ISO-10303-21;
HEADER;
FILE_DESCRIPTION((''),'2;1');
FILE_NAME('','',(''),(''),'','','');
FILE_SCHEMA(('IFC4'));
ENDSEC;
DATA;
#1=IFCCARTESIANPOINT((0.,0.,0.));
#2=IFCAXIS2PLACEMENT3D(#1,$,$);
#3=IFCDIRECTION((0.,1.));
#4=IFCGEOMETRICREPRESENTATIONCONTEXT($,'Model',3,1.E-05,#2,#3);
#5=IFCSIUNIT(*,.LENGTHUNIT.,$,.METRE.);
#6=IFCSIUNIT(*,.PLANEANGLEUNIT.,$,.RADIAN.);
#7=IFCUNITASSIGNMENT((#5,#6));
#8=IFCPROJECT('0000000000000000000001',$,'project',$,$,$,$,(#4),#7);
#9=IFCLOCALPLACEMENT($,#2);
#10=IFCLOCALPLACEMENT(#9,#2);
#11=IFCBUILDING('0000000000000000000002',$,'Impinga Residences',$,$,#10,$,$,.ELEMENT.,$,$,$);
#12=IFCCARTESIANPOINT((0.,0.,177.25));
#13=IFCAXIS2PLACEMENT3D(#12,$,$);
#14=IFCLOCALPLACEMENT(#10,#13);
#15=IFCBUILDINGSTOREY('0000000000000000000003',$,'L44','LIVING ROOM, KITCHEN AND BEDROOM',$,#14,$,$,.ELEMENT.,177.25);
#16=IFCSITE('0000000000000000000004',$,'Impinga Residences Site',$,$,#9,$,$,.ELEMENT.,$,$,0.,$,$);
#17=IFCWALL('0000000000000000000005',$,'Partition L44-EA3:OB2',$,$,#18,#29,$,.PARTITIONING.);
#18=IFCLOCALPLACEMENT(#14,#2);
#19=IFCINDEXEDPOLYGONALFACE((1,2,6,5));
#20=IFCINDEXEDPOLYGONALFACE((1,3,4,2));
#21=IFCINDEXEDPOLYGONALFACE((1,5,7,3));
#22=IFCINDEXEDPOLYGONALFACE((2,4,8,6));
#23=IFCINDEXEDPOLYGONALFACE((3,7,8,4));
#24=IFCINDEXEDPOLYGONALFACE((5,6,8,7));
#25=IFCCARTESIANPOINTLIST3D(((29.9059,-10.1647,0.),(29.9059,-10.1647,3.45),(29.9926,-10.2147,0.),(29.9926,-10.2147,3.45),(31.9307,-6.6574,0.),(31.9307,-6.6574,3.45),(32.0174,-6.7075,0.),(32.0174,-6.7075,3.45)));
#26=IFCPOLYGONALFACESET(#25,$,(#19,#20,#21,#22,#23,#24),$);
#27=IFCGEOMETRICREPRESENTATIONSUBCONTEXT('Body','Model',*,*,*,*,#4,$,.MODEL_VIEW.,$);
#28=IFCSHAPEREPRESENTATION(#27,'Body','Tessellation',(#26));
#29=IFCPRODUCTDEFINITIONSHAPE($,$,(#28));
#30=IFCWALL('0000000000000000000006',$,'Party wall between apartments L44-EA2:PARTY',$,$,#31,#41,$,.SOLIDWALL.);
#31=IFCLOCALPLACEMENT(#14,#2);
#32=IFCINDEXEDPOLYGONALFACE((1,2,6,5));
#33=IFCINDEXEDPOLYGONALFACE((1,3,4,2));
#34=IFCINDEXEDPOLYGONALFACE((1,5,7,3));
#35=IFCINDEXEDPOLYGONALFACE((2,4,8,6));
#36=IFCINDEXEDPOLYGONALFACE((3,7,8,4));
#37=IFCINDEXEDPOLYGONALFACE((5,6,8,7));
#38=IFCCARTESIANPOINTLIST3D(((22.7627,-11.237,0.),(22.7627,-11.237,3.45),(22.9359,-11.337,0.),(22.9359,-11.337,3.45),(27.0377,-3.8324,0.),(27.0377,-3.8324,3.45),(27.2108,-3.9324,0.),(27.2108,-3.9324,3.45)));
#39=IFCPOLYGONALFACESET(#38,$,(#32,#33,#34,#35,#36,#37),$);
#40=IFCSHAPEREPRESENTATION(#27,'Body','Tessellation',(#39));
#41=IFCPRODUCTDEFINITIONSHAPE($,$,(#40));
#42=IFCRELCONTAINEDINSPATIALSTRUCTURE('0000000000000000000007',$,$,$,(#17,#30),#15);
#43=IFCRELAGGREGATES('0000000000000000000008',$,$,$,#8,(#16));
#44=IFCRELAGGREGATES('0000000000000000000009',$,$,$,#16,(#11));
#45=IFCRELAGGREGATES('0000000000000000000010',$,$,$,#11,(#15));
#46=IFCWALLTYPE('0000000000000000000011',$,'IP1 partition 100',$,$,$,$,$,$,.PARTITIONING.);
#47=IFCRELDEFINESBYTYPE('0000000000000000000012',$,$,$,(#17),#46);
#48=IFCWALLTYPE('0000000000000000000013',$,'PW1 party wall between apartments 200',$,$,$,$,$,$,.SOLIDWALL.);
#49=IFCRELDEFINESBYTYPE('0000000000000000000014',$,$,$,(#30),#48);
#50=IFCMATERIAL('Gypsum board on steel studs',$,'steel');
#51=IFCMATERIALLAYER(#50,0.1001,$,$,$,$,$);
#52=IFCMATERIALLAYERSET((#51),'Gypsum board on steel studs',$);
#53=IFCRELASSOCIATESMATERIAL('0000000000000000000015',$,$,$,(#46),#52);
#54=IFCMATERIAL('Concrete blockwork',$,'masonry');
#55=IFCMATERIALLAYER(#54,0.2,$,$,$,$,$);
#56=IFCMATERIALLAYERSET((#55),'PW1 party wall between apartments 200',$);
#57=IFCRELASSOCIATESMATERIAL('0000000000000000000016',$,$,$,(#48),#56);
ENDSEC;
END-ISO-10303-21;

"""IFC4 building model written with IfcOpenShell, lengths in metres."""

from ifc_helpers import new_model, si_unit, direction, frame, frame_2d, origin, place, context, subcontext, project, spatial, rectangle, extrude, material, layer, layer_set, type_object, element, save


model = new_model("IFC4")

# Units and contexts
model_context = context("Model", 3, precision=1e-05, world=origin(), true_north=direction((0.0, 1.0)))
body_context = subcontext(model_context, "Body", "Model", "MODEL_VIEW")
ifc_project = project(units=[si_unit("LENGTHUNIT", "METRE"), si_unit("PLANEANGLEUNIT", "RADIAN")], contexts=[model_context])

# Site, building, storey
site_placement = place(None, origin())
site = spatial("IfcSite", under=ifc_project, at=site_placement, Name="Impinga Residences Site", CompositionType="ELEMENT", RefElevation=0.0)
building_placement = place(site_placement, origin())
building = spatial("IfcBuilding", under=site, at=building_placement, Name="Impinga Residences", CompositionType="ELEMENT")
storey_placement = place(building_placement, frame((0.0, 0.0, 177.25)))
storey = spatial("IfcBuildingStorey", under=building, at=storey_placement, Name="L44", Description="LIVING ROOM, KITCHEN AND BEDROOM", CompositionType="ELEMENT", Elevation=177.25)

# Shared definitions
ifc_material_1 = material(Name="Concrete blockwork", Category="masonry")

# Shared definitions
ifc_material_2 = material(Name="Gypsum board on steel studs", Category="steel")
ifc_layer_1 = layer(ifc_material_2, 0.1001)
ifc_layer_set_1 = layer_set([ifc_layer_1], Name="Gypsum board on steel studs")
wall_type_1 = type_object("IfcWallType", Name="IP1 partition 100", PredefinedType="PARTITIONING", material=ifc_layer_set_1)

# Walls
wall_1_placement = place(storey_placement, frame((29.9492, -10.1897, 0.0), z_axis=(0.0, 0.0, 1.0), x_axis=(0.49999, 0.866031, 0.0)))
element("IfcWall", 1, at=wall_1_placement, inside=storey, type_object=wall_type_1, Name="Partition L44-EA3:OB2", PredefinedType="PARTITIONING", context=body_context, shape_type="SweptSolid", body=[
    extrude(rectangle(XDim=4.0498, YDim=0.1001, at=frame_2d((2.0249, 0.0))), origin(), (0.0, 0.0, 1.0), 3.45),
])
ifc_layer_2 = layer(ifc_material_1, 0.2)
ifc_layer_set_2 = layer_set([ifc_layer_2], Name="PW1 party wall between apartments 200")
wall_type_2 = type_object("IfcWallType", Name="PW1 party wall between apartments 200", PredefinedType="SOLIDWALL", material=ifc_layer_set_2)
wall_2_placement = place(storey_placement, frame((22.8494, -11.2869, 0.0), z_axis=(0.0, 0.0, 1.0), x_axis=(0.49999, 0.866031, 0.0)))
element("IfcWall", 2, at=wall_2_placement, inside=storey, type_object=wall_type_2, Name="Party wall between apartments L44-EA2:PARTY", PredefinedType="SOLIDWALL", context=body_context, shape_type="SweptSolid", body=[
    extrude(rectangle(XDim=8.55, YDim=0.2, at=frame_2d((4.2749, 0.0))), origin(), (0.0, 0.0, 1.0), 3.45),
])

save(model, "model.ifc")
